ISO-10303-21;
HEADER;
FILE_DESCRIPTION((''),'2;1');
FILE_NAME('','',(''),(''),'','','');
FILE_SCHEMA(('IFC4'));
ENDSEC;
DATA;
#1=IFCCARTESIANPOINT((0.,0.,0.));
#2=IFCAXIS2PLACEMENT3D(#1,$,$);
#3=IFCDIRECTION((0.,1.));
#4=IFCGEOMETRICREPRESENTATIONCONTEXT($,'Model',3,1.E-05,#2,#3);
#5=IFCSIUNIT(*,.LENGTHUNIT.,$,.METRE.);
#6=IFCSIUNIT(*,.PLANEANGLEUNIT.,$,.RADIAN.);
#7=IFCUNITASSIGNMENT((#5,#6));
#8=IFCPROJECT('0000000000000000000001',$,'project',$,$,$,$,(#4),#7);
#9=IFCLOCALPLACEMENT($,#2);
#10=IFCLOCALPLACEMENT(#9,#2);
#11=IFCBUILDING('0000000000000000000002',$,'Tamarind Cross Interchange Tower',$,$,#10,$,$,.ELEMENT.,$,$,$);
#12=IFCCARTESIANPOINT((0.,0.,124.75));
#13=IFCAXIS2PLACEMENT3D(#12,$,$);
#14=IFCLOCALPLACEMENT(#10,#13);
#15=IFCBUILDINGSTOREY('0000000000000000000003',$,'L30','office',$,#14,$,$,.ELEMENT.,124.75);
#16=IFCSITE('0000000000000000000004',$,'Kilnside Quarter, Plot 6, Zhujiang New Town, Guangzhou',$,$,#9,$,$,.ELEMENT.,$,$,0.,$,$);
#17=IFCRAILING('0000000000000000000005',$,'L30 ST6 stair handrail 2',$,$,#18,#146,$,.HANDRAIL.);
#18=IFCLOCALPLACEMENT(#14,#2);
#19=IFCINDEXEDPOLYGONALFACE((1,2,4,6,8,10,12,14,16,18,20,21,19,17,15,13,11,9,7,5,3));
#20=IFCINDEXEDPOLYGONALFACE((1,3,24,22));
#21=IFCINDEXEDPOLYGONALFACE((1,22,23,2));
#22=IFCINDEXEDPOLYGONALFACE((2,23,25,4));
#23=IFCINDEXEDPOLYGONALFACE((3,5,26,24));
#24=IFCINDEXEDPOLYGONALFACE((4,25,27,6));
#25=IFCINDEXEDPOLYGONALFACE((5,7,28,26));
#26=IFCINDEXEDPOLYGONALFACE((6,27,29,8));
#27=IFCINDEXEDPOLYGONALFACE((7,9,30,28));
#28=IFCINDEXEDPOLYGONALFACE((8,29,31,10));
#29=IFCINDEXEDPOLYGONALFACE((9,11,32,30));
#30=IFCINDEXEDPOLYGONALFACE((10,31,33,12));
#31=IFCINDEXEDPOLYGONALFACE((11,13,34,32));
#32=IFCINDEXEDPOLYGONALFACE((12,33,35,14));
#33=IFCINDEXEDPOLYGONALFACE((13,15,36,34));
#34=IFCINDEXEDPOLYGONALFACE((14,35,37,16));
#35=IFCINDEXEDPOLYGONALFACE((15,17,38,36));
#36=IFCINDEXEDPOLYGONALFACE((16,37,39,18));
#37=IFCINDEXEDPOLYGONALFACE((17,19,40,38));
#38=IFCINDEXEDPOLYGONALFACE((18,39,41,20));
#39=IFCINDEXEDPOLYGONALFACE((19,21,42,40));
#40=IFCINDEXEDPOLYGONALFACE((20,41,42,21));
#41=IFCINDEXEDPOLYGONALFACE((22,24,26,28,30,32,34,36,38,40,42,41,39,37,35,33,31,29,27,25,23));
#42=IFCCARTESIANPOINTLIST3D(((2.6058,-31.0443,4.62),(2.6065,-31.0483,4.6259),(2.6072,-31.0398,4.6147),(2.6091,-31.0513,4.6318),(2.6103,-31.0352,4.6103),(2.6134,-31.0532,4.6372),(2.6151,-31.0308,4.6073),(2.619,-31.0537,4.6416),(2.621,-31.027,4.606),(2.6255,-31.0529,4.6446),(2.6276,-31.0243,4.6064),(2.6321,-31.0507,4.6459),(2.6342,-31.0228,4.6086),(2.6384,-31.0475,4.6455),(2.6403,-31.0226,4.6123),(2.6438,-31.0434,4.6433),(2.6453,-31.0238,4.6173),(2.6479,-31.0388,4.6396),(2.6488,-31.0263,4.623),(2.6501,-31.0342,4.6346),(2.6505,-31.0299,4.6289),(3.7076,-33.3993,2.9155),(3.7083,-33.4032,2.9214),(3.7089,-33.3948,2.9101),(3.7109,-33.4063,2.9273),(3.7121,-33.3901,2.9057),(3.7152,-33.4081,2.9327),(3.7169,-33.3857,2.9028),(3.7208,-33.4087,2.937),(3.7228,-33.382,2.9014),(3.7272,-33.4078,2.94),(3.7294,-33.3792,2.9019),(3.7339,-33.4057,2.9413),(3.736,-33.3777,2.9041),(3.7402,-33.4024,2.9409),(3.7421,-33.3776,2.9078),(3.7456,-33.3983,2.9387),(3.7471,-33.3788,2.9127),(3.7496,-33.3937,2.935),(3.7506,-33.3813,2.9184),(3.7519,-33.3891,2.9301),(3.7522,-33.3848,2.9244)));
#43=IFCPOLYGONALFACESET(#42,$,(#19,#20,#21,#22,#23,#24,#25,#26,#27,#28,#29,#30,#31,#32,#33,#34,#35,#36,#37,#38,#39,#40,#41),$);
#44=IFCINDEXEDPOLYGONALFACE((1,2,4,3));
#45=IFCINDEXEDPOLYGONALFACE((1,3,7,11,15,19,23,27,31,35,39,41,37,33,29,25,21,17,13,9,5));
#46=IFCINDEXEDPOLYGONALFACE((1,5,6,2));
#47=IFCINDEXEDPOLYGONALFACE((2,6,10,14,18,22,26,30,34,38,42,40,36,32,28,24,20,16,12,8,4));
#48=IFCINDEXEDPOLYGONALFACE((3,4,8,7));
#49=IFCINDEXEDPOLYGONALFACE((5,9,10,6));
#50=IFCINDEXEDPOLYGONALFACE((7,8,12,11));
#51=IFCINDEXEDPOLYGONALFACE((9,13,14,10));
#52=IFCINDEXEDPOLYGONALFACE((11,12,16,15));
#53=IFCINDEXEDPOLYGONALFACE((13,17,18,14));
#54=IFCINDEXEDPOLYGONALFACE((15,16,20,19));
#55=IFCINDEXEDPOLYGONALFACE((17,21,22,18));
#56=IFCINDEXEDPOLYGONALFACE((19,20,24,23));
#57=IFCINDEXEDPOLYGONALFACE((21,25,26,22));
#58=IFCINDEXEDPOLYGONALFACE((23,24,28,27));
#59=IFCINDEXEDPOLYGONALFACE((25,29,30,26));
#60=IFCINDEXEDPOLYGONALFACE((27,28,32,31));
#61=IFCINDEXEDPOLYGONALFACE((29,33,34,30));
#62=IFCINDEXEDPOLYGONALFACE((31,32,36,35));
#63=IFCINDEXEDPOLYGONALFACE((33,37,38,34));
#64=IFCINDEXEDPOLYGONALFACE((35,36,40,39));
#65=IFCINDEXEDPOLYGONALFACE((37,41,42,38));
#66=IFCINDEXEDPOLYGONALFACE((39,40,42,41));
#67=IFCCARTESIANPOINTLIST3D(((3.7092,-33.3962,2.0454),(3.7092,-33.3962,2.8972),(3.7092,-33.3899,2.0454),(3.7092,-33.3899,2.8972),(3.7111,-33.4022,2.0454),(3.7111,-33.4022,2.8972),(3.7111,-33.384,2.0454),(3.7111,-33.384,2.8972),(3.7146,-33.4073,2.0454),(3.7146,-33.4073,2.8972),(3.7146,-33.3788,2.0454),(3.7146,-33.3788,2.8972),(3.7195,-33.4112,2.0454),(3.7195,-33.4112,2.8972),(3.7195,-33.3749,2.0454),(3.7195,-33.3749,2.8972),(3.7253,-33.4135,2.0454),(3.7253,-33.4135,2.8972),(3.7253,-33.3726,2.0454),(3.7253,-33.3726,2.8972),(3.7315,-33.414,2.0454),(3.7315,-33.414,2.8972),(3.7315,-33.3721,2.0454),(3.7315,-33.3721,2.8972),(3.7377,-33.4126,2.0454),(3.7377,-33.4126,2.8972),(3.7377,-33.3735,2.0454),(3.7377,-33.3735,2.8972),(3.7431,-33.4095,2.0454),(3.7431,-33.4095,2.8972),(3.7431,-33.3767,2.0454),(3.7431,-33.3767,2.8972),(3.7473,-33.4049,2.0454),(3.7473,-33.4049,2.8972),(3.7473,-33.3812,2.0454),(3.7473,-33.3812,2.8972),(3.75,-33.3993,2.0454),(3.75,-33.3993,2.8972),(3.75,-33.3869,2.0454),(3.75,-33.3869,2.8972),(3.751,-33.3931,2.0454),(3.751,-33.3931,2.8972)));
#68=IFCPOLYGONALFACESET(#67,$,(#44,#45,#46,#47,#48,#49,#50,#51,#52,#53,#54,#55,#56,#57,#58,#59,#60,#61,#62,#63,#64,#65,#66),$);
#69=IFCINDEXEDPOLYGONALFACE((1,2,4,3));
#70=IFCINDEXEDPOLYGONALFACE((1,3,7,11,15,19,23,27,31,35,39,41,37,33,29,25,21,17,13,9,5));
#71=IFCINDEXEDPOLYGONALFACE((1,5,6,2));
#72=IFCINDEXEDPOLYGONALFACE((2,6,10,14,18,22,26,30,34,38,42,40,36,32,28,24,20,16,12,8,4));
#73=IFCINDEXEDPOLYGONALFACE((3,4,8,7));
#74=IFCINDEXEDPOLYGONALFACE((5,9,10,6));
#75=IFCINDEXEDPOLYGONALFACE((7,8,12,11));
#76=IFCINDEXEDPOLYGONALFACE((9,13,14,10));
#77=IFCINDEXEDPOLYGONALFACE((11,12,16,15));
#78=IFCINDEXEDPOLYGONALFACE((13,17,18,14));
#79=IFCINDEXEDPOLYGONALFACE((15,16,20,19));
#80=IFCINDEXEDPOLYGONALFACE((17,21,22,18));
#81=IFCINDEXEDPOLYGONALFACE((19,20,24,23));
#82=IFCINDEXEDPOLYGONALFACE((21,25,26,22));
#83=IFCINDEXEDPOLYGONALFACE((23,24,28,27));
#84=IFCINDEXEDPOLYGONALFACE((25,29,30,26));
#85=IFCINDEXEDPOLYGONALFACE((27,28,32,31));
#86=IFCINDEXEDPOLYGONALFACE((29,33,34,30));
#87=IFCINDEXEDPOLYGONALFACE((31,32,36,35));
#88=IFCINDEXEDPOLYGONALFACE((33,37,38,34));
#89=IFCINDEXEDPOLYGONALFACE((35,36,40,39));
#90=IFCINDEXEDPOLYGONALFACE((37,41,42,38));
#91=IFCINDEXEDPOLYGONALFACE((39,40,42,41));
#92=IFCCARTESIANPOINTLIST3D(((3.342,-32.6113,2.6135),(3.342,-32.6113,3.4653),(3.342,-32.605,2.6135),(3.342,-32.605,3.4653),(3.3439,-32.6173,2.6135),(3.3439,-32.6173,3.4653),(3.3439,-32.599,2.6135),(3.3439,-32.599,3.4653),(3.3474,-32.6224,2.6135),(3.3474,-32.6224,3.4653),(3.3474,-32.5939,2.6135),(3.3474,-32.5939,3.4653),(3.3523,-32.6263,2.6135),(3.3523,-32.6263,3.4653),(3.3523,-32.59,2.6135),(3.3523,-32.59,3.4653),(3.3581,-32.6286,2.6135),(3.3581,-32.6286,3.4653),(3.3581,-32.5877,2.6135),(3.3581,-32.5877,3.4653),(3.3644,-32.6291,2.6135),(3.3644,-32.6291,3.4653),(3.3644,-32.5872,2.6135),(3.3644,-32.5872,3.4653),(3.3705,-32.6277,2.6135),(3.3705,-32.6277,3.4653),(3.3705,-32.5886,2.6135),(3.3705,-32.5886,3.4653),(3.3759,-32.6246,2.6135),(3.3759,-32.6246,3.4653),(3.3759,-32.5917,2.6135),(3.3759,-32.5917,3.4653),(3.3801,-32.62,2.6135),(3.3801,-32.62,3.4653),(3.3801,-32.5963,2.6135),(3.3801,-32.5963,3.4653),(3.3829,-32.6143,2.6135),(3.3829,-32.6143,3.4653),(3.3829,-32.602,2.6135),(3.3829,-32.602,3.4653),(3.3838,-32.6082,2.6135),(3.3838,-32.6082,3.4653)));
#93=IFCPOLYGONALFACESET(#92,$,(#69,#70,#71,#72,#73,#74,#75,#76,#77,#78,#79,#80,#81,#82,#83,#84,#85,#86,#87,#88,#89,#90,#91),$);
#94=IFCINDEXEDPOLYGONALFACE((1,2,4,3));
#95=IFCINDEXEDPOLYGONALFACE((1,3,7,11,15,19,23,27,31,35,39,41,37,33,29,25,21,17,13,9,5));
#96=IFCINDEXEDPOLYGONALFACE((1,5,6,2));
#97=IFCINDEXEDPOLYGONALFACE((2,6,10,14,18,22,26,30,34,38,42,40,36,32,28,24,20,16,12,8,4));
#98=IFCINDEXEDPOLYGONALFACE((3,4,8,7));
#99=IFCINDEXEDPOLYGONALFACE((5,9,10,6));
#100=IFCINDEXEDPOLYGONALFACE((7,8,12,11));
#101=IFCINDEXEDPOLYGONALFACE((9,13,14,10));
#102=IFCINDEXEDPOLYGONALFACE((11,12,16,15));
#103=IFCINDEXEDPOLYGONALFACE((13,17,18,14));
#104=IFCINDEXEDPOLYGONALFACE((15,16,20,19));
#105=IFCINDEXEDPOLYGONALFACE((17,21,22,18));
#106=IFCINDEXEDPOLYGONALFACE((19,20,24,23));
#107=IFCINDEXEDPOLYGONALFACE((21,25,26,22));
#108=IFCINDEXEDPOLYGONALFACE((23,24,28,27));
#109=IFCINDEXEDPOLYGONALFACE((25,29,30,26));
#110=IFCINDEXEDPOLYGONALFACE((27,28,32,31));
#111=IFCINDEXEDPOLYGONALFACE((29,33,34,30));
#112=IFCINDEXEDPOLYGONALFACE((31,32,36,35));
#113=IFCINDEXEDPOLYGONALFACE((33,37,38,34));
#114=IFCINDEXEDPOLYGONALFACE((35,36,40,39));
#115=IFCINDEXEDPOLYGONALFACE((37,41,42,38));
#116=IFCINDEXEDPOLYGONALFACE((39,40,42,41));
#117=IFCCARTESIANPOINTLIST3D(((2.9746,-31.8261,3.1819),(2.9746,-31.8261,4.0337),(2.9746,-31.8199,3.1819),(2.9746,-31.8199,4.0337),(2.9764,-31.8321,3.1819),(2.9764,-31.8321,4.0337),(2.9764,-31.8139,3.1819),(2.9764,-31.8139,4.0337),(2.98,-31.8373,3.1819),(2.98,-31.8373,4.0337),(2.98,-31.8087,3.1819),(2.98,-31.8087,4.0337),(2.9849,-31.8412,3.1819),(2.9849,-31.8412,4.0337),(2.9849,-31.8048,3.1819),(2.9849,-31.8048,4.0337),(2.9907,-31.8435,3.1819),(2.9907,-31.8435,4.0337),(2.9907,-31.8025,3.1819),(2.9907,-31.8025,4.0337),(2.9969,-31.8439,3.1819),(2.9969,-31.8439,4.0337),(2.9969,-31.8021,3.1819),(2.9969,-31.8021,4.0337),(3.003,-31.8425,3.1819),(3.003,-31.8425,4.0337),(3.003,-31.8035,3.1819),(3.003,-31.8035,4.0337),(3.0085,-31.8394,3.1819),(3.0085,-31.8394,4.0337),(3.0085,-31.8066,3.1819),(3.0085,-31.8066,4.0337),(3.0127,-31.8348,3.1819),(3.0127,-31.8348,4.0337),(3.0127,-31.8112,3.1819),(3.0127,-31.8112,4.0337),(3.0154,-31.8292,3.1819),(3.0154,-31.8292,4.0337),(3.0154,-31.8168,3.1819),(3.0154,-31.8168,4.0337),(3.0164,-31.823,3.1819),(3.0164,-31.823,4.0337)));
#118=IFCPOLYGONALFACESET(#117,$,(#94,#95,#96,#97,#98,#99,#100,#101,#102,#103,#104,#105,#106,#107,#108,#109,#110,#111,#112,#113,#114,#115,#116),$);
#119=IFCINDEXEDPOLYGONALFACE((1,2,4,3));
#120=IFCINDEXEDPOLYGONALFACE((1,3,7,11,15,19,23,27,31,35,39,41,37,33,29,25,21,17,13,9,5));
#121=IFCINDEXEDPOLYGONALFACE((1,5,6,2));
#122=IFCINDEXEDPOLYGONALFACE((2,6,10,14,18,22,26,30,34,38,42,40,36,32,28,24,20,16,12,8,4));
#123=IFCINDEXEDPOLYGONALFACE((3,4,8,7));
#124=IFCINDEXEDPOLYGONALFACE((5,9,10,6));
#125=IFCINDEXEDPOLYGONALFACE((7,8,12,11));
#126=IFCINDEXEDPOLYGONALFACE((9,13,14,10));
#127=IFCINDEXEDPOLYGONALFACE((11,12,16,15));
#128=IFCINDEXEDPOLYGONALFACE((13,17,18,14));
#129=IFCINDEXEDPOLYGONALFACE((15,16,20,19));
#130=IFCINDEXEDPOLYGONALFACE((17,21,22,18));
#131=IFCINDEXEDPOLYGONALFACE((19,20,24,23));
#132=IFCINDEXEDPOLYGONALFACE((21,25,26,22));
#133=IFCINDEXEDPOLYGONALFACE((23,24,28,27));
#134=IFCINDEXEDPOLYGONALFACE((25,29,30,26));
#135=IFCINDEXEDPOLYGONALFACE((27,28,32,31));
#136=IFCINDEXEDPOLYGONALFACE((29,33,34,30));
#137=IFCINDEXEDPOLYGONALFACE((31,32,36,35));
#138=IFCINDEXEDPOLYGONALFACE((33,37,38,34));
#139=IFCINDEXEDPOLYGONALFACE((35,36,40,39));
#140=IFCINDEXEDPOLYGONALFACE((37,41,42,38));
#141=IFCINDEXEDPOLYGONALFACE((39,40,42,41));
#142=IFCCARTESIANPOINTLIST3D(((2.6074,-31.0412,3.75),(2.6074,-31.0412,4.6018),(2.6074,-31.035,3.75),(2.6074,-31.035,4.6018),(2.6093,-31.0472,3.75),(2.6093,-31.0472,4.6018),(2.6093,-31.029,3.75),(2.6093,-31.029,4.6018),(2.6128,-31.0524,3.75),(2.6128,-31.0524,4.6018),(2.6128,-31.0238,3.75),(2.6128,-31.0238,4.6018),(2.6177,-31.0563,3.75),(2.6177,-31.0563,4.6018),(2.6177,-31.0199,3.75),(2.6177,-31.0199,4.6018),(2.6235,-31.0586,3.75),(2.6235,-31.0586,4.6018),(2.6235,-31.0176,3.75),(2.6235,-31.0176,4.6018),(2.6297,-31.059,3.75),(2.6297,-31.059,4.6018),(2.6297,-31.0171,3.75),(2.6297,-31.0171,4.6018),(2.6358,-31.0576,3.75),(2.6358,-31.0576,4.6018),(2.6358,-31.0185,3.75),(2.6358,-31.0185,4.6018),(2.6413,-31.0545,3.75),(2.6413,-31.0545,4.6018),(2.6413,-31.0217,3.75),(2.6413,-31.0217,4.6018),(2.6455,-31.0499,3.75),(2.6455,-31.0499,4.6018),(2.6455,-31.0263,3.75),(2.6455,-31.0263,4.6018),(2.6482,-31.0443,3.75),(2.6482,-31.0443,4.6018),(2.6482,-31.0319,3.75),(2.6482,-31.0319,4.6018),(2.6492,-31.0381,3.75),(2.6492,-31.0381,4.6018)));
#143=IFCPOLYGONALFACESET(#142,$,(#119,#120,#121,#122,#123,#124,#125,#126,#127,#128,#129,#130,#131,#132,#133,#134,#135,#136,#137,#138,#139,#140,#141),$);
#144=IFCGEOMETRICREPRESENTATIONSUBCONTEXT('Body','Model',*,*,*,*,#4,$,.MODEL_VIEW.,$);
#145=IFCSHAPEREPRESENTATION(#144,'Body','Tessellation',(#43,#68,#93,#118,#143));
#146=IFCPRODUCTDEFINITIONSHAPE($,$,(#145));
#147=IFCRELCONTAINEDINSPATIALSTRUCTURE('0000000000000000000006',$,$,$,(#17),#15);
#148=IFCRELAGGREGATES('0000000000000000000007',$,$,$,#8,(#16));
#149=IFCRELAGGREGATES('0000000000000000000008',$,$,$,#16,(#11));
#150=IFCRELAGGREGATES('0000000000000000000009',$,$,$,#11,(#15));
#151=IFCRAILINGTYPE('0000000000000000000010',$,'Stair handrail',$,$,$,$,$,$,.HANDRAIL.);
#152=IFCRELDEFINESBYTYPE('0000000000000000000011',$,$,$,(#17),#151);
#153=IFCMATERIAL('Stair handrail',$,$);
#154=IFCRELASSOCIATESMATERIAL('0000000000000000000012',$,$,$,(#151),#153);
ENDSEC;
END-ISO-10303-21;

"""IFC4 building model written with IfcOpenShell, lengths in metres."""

from ifc_helpers import new_model, si_unit, direction, frame, origin, origin_2d, place, context, subcontext, project, spatial, circle, extrude, material, type_object, element, save


model = new_model("IFC4")

# Units and contexts
model_context = context("Model", 3, precision=1e-05, world=origin(), true_north=direction((0.0, 1.0)))
body_context = subcontext(model_context, "Body", "Model", "MODEL_VIEW")
ifc_project = project(units=[si_unit("LENGTHUNIT", "METRE"), si_unit("PLANEANGLEUNIT", "RADIAN")], contexts=[model_context])

# Site, building, storey
site_placement = place(None, origin())
site = spatial("IfcSite", under=ifc_project, at=site_placement, Name="Kilnside Quarter, Plot 6, Zhujiang New Town, Guangzhou", CompositionType="ELEMENT", RefElevation=0.0)
building_placement = place(site_placement, origin())
building = spatial("IfcBuilding", under=site, at=building_placement, Name="Tamarind Cross Interchange Tower", CompositionType="ELEMENT")
storey_placement = place(building_placement, frame((0.0, 0.0, 124.75)))
storey = spatial("IfcBuildingStorey", under=building, at=storey_placement, Name="L30", Description="office", CompositionType="ELEMENT", Elevation=124.75)

# Railing
ifc_material_1 = material(Name="Stair handrail")
railing_type_1 = type_object("IfcRailingType", Name="Stair handrail", PredefinedType="HANDRAIL", material=ifc_material_1)
railing_1_placement = place(storey_placement, frame((3.73, -33.3931, 2.0454)))
element("IfcRailing", 1, at=railing_1_placement, inside=storey, type_object=railing_type_1, Name="L30 ST6 stair handrail 2", PredefinedType="HANDRAIL", context=body_context, shape_type="SweptSolid", body=[
    extrude(circle(Radius=0.0239, at=origin_2d()), frame((0.0, 0.0, 0.876), z_axis=(-0.354399, 0.757485, 0.548286), x_axis=(-0.905768, -0.423775, 0.0)), (0.0, 0.0, 1.0), 3.1089),
    extrude(circle(Radius=0.021, at=origin_2d()), origin(), (0.0, 0.0, 1.0), 0.8518),
    extrude(circle(Radius=0.021, at=origin_2d()), frame((-0.3672, 0.7849, 0.5681)), (0.0, 0.0, 1.0), 0.8518),
    extrude(circle(Radius=0.021, at=origin_2d()), frame((-0.7346, 1.5701, 1.1365)), (0.0, 0.0, 1.0), 0.8518),
    extrude(circle(Radius=0.021, at=origin_2d()), frame((-1.1018, 2.355, 1.7046)), (0.0, 0.0, 1.0), 0.8518),
])

save(model, "model.ifc")
